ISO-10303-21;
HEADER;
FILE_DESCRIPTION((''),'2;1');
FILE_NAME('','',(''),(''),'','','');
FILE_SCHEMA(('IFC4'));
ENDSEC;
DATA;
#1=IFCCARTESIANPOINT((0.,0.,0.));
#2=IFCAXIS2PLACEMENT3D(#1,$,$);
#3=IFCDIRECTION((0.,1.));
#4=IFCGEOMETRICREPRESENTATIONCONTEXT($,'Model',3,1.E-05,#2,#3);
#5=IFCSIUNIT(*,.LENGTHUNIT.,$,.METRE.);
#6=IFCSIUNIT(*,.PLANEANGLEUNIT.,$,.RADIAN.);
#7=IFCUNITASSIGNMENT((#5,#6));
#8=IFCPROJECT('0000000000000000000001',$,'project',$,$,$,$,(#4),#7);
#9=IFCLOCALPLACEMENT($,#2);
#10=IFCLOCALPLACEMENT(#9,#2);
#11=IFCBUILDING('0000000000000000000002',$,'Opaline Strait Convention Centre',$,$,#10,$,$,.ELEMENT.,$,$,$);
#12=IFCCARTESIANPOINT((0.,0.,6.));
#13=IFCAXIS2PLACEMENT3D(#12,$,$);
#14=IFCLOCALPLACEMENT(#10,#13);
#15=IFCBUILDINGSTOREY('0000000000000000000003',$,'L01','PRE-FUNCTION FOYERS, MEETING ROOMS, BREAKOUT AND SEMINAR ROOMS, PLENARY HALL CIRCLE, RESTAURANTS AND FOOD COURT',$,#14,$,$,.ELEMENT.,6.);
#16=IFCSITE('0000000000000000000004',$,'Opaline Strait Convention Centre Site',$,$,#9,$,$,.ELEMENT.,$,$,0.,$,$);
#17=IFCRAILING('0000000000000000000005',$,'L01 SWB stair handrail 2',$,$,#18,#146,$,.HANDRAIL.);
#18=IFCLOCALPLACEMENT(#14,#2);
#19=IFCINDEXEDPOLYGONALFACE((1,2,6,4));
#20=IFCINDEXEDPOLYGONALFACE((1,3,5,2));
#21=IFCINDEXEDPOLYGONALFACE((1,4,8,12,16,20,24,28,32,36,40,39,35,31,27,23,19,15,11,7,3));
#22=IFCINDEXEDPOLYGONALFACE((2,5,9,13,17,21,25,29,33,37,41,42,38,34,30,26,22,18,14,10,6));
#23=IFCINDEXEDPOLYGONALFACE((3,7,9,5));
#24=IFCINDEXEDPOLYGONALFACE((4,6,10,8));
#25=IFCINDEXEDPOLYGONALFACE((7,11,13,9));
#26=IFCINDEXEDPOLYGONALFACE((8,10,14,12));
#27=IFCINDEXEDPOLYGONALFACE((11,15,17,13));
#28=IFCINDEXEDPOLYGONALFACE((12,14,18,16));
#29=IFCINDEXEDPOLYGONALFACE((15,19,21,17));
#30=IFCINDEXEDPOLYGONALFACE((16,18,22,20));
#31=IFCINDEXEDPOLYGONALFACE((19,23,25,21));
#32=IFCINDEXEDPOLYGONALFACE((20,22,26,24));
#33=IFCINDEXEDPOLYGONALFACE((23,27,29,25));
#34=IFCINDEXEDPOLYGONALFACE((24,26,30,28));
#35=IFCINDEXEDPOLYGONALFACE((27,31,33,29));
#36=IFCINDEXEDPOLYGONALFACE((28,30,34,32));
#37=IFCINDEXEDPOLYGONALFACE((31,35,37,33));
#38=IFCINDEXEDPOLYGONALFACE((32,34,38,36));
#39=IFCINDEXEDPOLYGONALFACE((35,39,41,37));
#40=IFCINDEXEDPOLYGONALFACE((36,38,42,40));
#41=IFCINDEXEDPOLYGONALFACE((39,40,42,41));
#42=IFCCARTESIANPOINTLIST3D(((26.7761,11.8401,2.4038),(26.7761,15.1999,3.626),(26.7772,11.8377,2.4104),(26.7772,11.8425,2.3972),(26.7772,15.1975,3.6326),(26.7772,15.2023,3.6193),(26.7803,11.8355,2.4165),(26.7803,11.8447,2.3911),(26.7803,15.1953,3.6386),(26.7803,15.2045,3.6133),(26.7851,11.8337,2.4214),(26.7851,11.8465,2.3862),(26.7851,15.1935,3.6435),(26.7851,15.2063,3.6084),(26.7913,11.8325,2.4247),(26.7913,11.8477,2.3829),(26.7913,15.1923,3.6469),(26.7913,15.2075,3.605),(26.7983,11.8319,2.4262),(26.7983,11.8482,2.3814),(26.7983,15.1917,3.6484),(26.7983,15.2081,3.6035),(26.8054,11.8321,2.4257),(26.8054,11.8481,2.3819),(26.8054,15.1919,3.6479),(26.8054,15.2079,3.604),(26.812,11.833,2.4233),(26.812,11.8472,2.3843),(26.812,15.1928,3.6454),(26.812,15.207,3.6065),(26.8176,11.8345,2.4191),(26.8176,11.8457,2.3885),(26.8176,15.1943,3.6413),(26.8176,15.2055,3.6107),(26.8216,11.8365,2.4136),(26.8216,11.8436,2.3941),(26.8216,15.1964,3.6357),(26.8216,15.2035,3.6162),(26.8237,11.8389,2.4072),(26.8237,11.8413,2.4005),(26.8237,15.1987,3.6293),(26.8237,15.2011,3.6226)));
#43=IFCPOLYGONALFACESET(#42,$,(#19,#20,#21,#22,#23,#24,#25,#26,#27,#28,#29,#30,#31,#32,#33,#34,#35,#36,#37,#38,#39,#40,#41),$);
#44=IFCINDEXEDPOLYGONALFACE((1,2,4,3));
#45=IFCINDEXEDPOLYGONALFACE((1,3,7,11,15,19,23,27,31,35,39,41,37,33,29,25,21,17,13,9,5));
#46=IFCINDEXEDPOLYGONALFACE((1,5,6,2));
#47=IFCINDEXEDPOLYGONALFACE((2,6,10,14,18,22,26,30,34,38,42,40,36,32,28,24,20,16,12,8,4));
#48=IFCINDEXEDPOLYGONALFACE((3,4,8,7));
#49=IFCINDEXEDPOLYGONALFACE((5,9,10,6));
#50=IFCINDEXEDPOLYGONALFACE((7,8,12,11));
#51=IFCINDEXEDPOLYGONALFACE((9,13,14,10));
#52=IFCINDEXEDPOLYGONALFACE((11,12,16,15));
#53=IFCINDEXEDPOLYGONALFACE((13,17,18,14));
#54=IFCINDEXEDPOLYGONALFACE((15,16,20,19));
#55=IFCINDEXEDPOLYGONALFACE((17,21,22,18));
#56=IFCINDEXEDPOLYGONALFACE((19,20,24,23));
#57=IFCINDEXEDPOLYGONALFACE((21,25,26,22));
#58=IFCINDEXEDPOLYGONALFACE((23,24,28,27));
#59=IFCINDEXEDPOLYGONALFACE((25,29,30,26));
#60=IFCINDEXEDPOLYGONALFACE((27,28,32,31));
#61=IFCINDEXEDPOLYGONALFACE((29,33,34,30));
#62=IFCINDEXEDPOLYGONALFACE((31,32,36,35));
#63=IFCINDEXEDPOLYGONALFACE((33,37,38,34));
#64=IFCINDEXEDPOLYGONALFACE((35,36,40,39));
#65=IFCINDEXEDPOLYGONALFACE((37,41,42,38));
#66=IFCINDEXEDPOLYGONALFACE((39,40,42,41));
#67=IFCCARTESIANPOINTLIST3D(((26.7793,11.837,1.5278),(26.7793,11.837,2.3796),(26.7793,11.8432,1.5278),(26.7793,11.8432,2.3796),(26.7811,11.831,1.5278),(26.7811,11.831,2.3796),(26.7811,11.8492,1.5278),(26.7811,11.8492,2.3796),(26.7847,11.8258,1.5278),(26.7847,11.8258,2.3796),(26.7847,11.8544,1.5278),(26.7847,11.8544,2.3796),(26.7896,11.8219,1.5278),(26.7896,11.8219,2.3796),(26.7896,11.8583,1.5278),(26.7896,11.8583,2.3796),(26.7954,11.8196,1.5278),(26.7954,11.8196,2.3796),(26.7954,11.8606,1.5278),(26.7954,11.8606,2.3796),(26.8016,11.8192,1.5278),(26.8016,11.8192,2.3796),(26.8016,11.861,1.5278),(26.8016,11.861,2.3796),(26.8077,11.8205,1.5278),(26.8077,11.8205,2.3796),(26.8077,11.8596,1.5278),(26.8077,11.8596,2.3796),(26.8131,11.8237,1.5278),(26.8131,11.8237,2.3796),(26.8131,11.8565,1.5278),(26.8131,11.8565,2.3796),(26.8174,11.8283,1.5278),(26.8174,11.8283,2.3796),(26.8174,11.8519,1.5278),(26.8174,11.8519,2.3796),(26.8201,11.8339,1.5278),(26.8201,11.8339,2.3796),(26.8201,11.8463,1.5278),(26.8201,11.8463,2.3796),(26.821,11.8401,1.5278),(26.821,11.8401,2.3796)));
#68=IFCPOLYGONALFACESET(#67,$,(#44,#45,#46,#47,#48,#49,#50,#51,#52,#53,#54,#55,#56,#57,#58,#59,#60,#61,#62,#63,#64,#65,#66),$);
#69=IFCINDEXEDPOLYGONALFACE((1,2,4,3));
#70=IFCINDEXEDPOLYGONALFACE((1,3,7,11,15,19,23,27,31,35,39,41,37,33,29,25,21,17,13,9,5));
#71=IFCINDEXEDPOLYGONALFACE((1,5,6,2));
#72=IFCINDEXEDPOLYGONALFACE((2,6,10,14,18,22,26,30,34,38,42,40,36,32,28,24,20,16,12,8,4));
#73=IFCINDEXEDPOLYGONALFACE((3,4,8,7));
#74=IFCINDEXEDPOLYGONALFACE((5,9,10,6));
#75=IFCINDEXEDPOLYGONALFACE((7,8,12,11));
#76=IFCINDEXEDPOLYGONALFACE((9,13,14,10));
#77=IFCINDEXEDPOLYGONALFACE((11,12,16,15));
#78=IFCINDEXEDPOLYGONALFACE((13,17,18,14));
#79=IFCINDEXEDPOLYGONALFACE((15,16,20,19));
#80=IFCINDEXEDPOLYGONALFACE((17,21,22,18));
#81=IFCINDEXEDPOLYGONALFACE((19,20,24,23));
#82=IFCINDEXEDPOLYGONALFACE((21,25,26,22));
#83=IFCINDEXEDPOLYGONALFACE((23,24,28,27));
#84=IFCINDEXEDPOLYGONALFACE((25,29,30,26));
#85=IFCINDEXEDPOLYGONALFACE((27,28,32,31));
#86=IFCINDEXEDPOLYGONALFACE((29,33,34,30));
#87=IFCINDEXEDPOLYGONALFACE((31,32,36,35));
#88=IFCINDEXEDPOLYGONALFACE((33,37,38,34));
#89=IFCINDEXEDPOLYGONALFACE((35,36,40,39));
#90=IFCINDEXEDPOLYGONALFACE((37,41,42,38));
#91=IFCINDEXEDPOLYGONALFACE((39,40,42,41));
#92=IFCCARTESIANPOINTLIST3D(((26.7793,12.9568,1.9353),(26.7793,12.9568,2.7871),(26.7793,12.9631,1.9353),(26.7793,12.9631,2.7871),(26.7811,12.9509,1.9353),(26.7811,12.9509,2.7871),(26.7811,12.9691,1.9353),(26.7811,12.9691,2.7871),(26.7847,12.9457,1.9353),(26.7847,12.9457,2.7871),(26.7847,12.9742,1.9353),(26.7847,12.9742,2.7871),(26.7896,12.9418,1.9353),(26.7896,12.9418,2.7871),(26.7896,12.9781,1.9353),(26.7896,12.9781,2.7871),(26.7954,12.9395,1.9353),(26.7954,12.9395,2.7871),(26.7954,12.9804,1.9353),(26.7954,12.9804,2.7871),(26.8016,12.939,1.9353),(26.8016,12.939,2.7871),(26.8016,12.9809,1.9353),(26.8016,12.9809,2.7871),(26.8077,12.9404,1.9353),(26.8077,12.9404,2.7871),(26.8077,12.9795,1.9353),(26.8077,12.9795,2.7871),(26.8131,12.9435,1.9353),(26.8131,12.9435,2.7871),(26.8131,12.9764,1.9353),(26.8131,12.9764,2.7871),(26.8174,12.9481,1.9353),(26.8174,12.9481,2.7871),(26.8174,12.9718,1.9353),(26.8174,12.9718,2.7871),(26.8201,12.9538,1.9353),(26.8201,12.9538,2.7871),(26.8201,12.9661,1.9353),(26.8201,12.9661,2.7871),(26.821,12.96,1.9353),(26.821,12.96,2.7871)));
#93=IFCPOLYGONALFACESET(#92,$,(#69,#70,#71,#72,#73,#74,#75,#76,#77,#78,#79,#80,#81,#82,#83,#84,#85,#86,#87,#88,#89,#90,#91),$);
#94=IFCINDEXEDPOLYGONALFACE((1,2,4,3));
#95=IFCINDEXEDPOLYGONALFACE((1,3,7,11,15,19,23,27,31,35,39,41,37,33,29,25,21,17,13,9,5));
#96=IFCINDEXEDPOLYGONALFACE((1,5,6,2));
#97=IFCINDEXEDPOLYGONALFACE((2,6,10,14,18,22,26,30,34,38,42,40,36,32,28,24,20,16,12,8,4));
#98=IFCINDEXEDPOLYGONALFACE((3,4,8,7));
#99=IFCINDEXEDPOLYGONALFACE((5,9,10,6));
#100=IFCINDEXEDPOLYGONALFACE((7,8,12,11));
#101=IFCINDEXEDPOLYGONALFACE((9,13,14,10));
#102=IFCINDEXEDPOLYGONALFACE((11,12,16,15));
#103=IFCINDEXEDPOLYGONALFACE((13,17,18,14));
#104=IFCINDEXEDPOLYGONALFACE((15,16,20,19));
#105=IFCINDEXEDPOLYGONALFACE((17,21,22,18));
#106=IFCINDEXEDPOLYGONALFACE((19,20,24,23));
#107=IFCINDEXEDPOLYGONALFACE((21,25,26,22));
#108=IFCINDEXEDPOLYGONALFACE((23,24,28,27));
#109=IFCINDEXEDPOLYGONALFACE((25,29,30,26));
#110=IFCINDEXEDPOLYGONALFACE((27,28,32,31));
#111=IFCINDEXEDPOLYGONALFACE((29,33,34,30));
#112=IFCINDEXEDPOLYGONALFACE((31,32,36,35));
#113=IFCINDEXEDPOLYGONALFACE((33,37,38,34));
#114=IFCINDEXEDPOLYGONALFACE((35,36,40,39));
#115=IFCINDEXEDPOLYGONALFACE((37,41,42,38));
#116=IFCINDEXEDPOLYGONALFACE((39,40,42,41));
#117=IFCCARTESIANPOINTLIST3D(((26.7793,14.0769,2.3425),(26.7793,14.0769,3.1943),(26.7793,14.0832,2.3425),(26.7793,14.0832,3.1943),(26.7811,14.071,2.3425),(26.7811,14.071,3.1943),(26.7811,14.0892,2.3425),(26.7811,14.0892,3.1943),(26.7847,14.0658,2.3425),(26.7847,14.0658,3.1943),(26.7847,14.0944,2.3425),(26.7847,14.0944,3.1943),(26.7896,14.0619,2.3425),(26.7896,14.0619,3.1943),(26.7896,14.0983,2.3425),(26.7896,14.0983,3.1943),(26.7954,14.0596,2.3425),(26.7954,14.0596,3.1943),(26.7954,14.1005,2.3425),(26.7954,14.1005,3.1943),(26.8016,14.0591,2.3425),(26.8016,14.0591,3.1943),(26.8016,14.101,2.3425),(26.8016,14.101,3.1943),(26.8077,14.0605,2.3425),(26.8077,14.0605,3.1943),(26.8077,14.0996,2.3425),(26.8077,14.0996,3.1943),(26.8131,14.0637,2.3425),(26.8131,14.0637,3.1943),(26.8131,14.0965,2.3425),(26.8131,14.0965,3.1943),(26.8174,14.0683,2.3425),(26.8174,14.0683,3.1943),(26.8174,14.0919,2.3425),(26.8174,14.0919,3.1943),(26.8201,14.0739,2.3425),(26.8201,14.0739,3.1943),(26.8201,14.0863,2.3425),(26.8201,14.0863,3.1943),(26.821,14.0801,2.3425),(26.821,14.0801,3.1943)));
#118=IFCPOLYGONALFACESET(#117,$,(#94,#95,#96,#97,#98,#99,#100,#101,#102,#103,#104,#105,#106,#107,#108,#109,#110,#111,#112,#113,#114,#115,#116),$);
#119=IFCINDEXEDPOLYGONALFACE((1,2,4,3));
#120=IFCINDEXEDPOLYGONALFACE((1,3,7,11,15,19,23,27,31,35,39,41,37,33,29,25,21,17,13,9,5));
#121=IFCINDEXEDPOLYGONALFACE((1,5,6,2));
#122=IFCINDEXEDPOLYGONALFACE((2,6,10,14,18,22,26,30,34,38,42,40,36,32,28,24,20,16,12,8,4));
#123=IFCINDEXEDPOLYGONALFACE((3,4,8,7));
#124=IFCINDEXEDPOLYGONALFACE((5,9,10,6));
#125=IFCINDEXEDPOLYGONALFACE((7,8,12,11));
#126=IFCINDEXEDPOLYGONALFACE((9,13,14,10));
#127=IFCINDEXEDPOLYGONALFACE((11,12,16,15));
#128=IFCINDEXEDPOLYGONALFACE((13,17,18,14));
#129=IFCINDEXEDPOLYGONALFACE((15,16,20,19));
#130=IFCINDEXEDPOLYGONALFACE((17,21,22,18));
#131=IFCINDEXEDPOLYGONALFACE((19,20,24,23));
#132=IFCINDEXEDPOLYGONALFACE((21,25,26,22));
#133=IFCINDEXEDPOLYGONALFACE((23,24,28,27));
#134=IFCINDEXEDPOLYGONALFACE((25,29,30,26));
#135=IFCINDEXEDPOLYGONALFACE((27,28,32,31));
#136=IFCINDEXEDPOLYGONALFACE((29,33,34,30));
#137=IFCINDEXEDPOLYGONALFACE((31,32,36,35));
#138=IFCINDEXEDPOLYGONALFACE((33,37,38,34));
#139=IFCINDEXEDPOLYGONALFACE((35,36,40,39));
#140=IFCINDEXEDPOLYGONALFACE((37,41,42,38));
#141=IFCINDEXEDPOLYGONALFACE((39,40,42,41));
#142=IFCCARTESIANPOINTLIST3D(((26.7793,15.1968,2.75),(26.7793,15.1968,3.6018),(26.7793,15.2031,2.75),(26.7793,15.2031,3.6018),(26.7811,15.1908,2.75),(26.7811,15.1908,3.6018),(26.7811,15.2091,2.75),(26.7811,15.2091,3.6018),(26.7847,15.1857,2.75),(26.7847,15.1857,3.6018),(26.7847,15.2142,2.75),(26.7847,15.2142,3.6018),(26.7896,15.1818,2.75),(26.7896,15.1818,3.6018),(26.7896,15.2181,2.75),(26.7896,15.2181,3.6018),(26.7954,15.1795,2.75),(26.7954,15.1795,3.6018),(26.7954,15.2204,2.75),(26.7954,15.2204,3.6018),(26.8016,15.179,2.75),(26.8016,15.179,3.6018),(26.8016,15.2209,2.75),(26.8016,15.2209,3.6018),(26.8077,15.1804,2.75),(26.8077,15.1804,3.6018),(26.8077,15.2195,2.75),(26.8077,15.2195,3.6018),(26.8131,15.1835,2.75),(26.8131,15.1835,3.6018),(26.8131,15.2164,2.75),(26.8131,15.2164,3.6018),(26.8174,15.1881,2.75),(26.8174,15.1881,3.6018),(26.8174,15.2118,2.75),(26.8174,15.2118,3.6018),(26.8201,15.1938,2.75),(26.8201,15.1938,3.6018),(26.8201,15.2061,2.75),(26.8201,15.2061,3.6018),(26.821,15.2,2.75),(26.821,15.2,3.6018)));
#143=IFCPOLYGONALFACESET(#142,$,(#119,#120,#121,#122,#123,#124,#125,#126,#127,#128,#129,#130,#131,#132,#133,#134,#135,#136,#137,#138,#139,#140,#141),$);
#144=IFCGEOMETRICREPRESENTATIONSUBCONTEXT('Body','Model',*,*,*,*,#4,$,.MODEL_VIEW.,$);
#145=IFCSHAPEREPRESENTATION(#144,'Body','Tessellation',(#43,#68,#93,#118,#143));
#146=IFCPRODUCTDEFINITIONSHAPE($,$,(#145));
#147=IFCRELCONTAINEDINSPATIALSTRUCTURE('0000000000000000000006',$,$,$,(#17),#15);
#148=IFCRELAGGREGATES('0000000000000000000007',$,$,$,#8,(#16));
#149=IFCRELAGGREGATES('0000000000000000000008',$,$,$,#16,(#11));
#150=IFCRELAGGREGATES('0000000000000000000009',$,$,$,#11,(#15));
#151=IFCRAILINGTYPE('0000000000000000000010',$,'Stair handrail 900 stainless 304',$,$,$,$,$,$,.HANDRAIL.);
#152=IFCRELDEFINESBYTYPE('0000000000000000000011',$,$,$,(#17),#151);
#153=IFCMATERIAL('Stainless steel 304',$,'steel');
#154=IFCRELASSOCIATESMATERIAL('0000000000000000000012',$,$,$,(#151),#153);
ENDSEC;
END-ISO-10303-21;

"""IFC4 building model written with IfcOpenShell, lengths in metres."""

from ifc_helpers import new_model, si_unit, direction, frame, origin, origin_2d, place, context, subcontext, project, spatial, circle, extrude, material, type_object, element, save


model = new_model("IFC4")

# Units and contexts
model_context = context("Model", 3, precision=1e-05, world=origin(), true_north=direction((0.0, 1.0)))
body_context = subcontext(model_context, "Body", "Model", "MODEL_VIEW")
ifc_project = project(units=[si_unit("LENGTHUNIT", "METRE"), si_unit("PLANEANGLEUNIT", "RADIAN")], contexts=[model_context])

# Site, building, storey
site_placement = place(None, origin())
site = spatial("IfcSite", under=ifc_project, at=site_placement, Name="Opaline Strait Convention Centre Site", CompositionType="ELEMENT", RefElevation=0.0)
building_placement = place(site_placement, origin())
building = spatial("IfcBuilding", under=site, at=building_placement, Name="Opaline Strait Convention Centre", CompositionType="ELEMENT")
storey_placement = place(building_placement, frame((0.0, 0.0, 6.0)))
storey = spatial("IfcBuildingStorey", under=building, at=storey_placement, Name="L01", Description="PRE-FUNCTION FOYERS, MEETING ROOMS, BREAKOUT AND SEMINAR ROOMS, PLENARY HALL CIRCLE, RESTAURANTS AND FOOD COURT", CompositionType="ELEMENT", Elevation=6.0)

# Railing
ifc_material_1 = material(Name="Stainless steel 304", Category="steel")
railing_type_1 = type_object("IfcRailingType", Name="Stair handrail 900 stainless 304", PredefinedType="HANDRAIL", material=ifc_material_1)
railing_1_placement = place(storey_placement, frame((26.8, 11.8401, 1.5278)))
element("IfcRailing", 1, at=railing_1_placement, inside=storey, type_object=railing_type_1, Name="L01 SWB stair handrail 2", PredefinedType="HANDRAIL", context=body_context, shape_type="SweptSolid", body=[
    extrude(circle(Radius=0.0239, at=origin_2d()), frame((0.0, 0.0, 0.876), z_axis=(0.0, 0.939758, 0.341842), x_axis=(-1.0, 0.0, 0.0)), (0.0, 0.0, 1.0), 3.5752),
    extrude(circle(Radius=0.021, at=origin_2d()), origin(), (0.0, 0.0, 1.0), 0.8518),
    extrude(circle(Radius=0.021, at=origin_2d()), frame((0.0, 1.1199, 0.4075)), (0.0, 0.0, 1.0), 0.8518),
    extrude(circle(Radius=0.021, at=origin_2d()), frame((0.0, 2.24, 0.8147)), (0.0, 0.0, 1.0), 0.8518),
    extrude(circle(Radius=0.021, at=origin_2d()), frame((0.0, 3.3599, 1.2222)), (0.0, 0.0, 1.0), 0.8518),
])

save(model, "model.ifc")
